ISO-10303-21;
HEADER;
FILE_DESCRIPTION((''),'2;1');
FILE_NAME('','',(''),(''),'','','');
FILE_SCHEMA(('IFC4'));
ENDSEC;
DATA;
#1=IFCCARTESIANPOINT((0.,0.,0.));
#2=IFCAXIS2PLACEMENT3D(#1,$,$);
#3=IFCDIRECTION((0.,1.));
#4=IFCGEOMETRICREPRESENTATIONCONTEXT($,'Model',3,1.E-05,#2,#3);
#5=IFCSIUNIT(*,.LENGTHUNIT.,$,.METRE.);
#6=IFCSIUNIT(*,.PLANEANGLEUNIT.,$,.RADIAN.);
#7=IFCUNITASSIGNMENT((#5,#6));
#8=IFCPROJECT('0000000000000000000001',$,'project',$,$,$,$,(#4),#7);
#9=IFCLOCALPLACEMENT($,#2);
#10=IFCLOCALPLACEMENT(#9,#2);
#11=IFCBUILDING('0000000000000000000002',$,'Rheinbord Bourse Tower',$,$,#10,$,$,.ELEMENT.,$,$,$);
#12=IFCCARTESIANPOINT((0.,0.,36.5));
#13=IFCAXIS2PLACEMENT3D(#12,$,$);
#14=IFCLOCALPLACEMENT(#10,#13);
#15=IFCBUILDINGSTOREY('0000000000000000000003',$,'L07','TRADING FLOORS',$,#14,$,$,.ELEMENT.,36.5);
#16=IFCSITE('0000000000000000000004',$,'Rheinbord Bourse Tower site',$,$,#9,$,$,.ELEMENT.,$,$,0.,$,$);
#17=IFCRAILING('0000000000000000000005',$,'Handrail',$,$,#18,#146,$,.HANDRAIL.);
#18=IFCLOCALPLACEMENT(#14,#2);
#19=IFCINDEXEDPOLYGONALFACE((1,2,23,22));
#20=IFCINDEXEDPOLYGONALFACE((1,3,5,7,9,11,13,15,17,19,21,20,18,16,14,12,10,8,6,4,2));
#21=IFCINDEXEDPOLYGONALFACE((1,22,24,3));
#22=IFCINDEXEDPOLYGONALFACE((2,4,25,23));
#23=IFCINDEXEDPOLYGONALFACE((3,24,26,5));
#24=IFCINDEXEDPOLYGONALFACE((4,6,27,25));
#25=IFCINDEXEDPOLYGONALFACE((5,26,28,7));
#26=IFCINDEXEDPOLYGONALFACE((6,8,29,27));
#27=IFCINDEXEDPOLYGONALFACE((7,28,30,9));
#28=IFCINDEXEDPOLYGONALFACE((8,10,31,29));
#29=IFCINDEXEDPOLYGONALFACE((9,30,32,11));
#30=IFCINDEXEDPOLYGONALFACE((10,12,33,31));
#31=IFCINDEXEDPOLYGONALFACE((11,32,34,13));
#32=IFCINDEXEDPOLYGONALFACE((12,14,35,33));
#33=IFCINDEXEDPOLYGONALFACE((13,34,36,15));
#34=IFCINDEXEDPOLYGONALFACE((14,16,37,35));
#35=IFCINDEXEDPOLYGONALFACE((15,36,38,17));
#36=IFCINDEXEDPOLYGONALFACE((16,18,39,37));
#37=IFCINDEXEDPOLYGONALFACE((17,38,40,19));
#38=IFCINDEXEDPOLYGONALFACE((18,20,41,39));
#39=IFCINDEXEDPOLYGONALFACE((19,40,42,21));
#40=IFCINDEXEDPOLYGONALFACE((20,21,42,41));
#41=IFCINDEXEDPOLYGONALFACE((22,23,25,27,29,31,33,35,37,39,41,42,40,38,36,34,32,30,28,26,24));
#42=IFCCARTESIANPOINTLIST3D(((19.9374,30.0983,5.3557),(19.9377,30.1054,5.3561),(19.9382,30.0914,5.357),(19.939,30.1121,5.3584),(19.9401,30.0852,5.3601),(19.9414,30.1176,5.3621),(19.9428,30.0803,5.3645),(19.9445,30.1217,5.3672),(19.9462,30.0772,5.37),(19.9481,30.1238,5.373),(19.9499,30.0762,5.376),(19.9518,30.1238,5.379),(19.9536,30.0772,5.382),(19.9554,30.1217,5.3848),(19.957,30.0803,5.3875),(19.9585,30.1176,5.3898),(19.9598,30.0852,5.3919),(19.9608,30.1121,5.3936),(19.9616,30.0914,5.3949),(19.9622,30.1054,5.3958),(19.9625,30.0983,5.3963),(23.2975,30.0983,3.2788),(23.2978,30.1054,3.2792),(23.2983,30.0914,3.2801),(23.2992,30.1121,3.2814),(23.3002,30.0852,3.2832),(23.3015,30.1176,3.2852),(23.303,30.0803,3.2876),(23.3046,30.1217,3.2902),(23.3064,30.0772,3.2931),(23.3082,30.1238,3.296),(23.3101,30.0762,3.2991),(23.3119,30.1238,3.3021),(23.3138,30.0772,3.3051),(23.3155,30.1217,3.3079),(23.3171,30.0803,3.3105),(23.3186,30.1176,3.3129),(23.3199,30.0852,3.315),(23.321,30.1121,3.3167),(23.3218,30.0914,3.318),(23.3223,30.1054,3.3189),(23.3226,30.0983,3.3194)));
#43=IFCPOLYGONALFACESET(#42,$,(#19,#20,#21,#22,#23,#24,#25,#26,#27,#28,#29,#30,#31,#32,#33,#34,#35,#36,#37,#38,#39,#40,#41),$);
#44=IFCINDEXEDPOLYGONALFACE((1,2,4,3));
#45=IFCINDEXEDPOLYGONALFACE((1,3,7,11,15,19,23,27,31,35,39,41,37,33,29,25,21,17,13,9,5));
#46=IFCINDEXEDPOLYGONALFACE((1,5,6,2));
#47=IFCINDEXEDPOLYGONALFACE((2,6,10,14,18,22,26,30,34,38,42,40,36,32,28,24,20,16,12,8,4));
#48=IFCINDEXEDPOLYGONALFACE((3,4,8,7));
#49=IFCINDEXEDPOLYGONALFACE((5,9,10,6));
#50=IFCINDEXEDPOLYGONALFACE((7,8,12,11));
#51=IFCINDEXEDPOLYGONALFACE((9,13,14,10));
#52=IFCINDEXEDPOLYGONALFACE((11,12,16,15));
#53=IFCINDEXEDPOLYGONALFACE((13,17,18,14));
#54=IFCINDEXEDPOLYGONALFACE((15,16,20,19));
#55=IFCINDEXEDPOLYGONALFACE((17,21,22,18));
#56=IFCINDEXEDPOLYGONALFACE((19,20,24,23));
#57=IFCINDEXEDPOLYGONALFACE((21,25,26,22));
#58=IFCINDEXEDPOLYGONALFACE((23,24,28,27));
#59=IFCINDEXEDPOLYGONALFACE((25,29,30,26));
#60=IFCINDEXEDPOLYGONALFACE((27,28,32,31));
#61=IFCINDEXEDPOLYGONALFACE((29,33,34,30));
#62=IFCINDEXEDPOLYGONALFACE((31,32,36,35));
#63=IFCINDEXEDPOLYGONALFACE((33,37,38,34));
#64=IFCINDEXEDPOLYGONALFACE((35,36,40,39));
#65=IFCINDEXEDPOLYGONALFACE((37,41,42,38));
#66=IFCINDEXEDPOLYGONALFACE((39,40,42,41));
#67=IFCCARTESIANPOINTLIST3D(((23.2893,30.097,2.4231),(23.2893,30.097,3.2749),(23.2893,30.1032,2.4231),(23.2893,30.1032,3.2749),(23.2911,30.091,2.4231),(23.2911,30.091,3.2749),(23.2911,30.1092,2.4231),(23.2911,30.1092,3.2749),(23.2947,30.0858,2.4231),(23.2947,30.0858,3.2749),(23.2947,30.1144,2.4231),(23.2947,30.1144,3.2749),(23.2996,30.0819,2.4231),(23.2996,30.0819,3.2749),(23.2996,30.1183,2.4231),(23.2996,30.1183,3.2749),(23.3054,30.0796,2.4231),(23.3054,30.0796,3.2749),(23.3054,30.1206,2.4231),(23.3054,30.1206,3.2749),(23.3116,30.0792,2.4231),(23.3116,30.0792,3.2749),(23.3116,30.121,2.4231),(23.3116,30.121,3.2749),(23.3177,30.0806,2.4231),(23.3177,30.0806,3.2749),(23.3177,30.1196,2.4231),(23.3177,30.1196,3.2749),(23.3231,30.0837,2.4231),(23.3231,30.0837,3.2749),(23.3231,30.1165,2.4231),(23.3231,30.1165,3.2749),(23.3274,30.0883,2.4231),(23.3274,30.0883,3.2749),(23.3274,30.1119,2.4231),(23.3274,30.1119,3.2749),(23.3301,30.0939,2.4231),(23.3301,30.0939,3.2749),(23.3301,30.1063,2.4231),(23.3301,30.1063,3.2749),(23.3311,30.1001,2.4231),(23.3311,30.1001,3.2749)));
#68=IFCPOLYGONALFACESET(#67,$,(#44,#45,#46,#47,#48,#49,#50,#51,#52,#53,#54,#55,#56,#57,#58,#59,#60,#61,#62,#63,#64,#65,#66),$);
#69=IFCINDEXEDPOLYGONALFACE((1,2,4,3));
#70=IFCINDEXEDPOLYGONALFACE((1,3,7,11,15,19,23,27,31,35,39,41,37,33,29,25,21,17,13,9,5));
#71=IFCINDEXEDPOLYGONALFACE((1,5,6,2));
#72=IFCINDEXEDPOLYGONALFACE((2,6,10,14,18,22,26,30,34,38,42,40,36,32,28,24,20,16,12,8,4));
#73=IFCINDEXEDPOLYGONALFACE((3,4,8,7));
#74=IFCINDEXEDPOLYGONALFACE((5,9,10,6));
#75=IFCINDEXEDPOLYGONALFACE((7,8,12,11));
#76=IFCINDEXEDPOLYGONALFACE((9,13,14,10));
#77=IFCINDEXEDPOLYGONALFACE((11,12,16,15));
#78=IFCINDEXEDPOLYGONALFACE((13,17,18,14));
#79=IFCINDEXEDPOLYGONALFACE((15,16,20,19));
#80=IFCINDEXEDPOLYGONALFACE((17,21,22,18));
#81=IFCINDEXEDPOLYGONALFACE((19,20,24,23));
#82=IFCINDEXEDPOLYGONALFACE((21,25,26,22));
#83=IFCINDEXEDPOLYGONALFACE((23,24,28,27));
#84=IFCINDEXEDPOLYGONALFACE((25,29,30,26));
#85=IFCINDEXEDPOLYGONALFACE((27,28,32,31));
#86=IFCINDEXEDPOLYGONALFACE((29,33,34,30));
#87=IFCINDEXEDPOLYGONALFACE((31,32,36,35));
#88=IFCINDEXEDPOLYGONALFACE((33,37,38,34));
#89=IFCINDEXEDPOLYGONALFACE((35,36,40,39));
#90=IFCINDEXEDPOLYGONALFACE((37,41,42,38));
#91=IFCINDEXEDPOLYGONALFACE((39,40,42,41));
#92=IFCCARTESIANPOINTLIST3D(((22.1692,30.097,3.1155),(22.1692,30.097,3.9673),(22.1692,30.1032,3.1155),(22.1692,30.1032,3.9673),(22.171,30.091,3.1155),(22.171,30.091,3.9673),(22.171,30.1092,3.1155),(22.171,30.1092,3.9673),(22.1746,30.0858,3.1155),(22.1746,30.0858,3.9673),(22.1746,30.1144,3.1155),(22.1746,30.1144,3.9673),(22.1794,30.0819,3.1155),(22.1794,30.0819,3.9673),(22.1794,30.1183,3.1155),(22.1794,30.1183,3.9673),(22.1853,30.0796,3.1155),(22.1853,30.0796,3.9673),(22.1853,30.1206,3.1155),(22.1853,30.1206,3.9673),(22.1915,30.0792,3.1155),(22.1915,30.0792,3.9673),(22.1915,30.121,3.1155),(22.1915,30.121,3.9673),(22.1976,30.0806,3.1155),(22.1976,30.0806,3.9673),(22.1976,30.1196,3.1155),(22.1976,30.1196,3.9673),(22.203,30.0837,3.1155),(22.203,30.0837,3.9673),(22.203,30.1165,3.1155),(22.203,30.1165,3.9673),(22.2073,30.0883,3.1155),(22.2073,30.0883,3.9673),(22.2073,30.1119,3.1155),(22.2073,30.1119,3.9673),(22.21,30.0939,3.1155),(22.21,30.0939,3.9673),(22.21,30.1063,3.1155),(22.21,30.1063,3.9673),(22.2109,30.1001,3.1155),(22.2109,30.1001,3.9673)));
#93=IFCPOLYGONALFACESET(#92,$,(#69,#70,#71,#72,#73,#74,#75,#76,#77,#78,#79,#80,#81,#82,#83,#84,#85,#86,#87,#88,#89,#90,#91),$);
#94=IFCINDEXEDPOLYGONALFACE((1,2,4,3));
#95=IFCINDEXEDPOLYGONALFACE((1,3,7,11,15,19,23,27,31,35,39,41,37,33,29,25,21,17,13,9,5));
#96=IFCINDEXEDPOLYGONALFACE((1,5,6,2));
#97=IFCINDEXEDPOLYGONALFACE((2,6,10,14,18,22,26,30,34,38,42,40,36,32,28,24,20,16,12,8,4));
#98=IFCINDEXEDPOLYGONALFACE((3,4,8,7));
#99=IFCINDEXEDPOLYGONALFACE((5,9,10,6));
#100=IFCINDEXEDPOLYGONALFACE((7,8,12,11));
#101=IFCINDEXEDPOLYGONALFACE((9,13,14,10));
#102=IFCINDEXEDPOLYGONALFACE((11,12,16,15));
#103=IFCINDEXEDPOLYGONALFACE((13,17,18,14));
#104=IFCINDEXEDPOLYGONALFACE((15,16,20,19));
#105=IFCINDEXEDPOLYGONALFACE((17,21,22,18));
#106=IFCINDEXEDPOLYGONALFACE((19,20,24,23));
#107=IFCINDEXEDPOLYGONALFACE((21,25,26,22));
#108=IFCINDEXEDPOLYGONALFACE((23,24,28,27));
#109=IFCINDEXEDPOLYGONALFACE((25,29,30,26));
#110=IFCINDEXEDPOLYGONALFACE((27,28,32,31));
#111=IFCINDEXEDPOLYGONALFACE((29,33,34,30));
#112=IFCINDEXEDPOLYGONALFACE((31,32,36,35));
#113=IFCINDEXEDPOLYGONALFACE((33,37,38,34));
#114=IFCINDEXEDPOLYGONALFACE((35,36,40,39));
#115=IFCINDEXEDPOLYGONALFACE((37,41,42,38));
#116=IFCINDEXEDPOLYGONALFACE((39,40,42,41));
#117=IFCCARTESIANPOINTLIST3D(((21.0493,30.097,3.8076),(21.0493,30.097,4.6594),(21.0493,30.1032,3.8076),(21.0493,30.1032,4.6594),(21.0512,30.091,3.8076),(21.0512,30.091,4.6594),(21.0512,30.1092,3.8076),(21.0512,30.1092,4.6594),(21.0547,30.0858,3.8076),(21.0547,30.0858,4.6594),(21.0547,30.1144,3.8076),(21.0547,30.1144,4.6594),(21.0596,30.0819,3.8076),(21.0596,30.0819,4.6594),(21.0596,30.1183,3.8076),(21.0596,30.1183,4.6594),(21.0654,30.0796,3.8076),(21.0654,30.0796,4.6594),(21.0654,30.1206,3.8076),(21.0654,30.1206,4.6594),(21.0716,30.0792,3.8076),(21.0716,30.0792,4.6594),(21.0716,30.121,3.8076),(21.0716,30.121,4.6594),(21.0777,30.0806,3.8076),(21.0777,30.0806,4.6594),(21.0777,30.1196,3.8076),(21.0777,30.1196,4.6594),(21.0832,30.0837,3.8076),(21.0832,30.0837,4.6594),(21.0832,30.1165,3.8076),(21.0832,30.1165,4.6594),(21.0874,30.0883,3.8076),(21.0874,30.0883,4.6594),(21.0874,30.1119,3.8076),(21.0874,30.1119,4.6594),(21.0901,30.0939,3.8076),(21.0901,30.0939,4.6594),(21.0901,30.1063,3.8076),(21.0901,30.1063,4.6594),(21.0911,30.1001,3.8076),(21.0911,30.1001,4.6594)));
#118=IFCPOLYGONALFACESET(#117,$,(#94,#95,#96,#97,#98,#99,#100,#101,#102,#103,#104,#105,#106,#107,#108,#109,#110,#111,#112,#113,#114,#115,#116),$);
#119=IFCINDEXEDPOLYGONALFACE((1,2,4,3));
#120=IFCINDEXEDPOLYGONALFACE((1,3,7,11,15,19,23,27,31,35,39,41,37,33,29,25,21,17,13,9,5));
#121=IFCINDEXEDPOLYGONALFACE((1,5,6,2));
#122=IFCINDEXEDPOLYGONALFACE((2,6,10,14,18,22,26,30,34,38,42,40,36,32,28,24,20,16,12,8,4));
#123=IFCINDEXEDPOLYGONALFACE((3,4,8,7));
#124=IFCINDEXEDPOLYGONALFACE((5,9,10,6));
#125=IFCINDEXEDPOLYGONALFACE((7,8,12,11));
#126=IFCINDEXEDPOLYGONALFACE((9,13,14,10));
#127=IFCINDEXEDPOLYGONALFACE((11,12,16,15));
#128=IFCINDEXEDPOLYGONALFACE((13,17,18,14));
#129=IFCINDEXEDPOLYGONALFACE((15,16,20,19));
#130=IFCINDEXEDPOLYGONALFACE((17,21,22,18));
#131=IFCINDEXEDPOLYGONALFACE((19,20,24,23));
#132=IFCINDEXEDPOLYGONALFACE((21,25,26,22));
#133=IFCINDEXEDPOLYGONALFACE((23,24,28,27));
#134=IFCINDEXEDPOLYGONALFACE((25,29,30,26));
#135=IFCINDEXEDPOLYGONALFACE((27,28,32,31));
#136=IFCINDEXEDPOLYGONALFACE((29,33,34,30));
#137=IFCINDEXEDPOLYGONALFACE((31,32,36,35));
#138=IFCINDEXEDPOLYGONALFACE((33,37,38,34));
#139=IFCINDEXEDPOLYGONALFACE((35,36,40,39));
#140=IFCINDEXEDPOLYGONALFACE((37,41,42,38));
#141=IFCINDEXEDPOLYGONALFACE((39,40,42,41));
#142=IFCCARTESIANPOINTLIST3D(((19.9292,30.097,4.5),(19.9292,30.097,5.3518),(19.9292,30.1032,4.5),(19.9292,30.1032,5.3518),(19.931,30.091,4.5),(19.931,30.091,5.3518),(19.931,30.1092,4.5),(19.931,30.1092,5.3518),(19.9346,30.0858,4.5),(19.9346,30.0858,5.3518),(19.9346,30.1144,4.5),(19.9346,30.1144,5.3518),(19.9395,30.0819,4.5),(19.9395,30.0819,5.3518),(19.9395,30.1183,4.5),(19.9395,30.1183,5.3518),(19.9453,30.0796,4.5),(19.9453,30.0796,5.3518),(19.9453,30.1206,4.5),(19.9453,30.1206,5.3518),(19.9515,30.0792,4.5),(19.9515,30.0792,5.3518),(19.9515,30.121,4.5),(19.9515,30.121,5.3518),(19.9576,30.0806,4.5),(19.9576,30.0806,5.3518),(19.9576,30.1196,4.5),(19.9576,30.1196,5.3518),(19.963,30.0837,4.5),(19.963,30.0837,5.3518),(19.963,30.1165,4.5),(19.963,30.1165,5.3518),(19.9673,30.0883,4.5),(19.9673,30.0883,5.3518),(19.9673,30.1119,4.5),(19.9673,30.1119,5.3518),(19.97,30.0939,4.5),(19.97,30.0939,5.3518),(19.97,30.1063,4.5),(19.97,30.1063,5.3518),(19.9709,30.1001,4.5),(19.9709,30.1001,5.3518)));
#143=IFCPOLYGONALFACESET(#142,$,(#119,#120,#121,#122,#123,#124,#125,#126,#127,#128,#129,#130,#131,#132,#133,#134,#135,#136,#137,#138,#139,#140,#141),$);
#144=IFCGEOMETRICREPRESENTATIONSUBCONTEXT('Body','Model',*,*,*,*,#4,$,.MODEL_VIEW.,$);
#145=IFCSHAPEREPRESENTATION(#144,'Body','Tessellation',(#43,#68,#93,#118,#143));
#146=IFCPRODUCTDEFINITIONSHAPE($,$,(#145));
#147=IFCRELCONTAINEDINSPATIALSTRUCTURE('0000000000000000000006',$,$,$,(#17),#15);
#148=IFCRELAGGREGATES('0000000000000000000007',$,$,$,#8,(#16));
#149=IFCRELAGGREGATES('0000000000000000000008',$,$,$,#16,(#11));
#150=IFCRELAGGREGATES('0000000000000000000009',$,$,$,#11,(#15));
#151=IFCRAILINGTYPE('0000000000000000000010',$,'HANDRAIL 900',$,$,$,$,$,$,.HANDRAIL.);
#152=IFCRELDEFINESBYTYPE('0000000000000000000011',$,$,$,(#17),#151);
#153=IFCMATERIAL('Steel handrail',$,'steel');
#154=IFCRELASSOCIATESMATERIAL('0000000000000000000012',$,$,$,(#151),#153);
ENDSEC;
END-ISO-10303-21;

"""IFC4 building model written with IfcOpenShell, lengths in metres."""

from ifc_helpers import new_model, si_unit, direction, frame, origin, origin_2d, place, context, subcontext, project, spatial, circle, extrude, material, type_object, element, save


model = new_model("IFC4")

# Units and contexts
model_context = context("Model", 3, precision=1e-05, world=origin(), true_north=direction((0.0, 1.0)))
body_context = subcontext(model_context, "Body", "Model", "MODEL_VIEW")
ifc_project = project(units=[si_unit("LENGTHUNIT", "METRE"), si_unit("PLANEANGLEUNIT", "RADIAN")], contexts=[model_context])

# Site, building, storey
site_placement = place(None, origin())
site = spatial("IfcSite", under=ifc_project, at=site_placement, Name="Rheinbord Bourse Tower site", CompositionType="ELEMENT", RefElevation=0.0)
building_placement = place(site_placement, origin())
building = spatial("IfcBuilding", under=site, at=building_placement, Name="Rheinbord Bourse Tower", CompositionType="ELEMENT")
storey_placement = place(building_placement, frame((0.0, 0.0, 36.5)))
storey = spatial("IfcBuildingStorey", under=building, at=storey_placement, Name="L07", Description="TRADING FLOORS", CompositionType="ELEMENT", Elevation=36.5)

# Railing
ifc_material_1 = material(Name="Steel handrail", Category="steel")
railing_type = type_object("IfcRailingType", Name="HANDRAIL 900", PredefinedType="HANDRAIL", material=ifc_material_1)
railing_1_placement = place(storey_placement, frame((23.3101, 30.1001, 2.4231)))
element("IfcRailing", 1, at=railing_1_placement, inside=storey, type_object=railing_type, Name="Handrail", PredefinedType="HANDRAIL", context=body_context, shape_type="SweptSolid", body=[
    extrude(circle(Radius=0.0239, at=origin_2d()), frame((0.0, 0.0, 0.876), z_axis=(-0.850623, 0.0, 0.525776), x_axis=(0.0, -1.0, 0.0)), (0.0, 0.0, 1.0), 3.9502),
    extrude(circle(Radius=0.021, at=origin_2d()), origin(), (0.0, 0.0, 1.0), 0.8518),
    extrude(circle(Radius=0.021, at=origin_2d()), frame((-1.1201, 0.0, 0.6924)), (0.0, 0.0, 1.0), 0.8518),
    extrude(circle(Radius=0.021, at=origin_2d()), frame((-2.24, 0.0, 1.3845)), (0.0, 0.0, 1.0), 0.8518),
    extrude(circle(Radius=0.021, at=origin_2d()), frame((-3.3601, 0.0, 2.0769)), (0.0, 0.0, 1.0), 0.8518),
])

save(model, "model.ifc")
